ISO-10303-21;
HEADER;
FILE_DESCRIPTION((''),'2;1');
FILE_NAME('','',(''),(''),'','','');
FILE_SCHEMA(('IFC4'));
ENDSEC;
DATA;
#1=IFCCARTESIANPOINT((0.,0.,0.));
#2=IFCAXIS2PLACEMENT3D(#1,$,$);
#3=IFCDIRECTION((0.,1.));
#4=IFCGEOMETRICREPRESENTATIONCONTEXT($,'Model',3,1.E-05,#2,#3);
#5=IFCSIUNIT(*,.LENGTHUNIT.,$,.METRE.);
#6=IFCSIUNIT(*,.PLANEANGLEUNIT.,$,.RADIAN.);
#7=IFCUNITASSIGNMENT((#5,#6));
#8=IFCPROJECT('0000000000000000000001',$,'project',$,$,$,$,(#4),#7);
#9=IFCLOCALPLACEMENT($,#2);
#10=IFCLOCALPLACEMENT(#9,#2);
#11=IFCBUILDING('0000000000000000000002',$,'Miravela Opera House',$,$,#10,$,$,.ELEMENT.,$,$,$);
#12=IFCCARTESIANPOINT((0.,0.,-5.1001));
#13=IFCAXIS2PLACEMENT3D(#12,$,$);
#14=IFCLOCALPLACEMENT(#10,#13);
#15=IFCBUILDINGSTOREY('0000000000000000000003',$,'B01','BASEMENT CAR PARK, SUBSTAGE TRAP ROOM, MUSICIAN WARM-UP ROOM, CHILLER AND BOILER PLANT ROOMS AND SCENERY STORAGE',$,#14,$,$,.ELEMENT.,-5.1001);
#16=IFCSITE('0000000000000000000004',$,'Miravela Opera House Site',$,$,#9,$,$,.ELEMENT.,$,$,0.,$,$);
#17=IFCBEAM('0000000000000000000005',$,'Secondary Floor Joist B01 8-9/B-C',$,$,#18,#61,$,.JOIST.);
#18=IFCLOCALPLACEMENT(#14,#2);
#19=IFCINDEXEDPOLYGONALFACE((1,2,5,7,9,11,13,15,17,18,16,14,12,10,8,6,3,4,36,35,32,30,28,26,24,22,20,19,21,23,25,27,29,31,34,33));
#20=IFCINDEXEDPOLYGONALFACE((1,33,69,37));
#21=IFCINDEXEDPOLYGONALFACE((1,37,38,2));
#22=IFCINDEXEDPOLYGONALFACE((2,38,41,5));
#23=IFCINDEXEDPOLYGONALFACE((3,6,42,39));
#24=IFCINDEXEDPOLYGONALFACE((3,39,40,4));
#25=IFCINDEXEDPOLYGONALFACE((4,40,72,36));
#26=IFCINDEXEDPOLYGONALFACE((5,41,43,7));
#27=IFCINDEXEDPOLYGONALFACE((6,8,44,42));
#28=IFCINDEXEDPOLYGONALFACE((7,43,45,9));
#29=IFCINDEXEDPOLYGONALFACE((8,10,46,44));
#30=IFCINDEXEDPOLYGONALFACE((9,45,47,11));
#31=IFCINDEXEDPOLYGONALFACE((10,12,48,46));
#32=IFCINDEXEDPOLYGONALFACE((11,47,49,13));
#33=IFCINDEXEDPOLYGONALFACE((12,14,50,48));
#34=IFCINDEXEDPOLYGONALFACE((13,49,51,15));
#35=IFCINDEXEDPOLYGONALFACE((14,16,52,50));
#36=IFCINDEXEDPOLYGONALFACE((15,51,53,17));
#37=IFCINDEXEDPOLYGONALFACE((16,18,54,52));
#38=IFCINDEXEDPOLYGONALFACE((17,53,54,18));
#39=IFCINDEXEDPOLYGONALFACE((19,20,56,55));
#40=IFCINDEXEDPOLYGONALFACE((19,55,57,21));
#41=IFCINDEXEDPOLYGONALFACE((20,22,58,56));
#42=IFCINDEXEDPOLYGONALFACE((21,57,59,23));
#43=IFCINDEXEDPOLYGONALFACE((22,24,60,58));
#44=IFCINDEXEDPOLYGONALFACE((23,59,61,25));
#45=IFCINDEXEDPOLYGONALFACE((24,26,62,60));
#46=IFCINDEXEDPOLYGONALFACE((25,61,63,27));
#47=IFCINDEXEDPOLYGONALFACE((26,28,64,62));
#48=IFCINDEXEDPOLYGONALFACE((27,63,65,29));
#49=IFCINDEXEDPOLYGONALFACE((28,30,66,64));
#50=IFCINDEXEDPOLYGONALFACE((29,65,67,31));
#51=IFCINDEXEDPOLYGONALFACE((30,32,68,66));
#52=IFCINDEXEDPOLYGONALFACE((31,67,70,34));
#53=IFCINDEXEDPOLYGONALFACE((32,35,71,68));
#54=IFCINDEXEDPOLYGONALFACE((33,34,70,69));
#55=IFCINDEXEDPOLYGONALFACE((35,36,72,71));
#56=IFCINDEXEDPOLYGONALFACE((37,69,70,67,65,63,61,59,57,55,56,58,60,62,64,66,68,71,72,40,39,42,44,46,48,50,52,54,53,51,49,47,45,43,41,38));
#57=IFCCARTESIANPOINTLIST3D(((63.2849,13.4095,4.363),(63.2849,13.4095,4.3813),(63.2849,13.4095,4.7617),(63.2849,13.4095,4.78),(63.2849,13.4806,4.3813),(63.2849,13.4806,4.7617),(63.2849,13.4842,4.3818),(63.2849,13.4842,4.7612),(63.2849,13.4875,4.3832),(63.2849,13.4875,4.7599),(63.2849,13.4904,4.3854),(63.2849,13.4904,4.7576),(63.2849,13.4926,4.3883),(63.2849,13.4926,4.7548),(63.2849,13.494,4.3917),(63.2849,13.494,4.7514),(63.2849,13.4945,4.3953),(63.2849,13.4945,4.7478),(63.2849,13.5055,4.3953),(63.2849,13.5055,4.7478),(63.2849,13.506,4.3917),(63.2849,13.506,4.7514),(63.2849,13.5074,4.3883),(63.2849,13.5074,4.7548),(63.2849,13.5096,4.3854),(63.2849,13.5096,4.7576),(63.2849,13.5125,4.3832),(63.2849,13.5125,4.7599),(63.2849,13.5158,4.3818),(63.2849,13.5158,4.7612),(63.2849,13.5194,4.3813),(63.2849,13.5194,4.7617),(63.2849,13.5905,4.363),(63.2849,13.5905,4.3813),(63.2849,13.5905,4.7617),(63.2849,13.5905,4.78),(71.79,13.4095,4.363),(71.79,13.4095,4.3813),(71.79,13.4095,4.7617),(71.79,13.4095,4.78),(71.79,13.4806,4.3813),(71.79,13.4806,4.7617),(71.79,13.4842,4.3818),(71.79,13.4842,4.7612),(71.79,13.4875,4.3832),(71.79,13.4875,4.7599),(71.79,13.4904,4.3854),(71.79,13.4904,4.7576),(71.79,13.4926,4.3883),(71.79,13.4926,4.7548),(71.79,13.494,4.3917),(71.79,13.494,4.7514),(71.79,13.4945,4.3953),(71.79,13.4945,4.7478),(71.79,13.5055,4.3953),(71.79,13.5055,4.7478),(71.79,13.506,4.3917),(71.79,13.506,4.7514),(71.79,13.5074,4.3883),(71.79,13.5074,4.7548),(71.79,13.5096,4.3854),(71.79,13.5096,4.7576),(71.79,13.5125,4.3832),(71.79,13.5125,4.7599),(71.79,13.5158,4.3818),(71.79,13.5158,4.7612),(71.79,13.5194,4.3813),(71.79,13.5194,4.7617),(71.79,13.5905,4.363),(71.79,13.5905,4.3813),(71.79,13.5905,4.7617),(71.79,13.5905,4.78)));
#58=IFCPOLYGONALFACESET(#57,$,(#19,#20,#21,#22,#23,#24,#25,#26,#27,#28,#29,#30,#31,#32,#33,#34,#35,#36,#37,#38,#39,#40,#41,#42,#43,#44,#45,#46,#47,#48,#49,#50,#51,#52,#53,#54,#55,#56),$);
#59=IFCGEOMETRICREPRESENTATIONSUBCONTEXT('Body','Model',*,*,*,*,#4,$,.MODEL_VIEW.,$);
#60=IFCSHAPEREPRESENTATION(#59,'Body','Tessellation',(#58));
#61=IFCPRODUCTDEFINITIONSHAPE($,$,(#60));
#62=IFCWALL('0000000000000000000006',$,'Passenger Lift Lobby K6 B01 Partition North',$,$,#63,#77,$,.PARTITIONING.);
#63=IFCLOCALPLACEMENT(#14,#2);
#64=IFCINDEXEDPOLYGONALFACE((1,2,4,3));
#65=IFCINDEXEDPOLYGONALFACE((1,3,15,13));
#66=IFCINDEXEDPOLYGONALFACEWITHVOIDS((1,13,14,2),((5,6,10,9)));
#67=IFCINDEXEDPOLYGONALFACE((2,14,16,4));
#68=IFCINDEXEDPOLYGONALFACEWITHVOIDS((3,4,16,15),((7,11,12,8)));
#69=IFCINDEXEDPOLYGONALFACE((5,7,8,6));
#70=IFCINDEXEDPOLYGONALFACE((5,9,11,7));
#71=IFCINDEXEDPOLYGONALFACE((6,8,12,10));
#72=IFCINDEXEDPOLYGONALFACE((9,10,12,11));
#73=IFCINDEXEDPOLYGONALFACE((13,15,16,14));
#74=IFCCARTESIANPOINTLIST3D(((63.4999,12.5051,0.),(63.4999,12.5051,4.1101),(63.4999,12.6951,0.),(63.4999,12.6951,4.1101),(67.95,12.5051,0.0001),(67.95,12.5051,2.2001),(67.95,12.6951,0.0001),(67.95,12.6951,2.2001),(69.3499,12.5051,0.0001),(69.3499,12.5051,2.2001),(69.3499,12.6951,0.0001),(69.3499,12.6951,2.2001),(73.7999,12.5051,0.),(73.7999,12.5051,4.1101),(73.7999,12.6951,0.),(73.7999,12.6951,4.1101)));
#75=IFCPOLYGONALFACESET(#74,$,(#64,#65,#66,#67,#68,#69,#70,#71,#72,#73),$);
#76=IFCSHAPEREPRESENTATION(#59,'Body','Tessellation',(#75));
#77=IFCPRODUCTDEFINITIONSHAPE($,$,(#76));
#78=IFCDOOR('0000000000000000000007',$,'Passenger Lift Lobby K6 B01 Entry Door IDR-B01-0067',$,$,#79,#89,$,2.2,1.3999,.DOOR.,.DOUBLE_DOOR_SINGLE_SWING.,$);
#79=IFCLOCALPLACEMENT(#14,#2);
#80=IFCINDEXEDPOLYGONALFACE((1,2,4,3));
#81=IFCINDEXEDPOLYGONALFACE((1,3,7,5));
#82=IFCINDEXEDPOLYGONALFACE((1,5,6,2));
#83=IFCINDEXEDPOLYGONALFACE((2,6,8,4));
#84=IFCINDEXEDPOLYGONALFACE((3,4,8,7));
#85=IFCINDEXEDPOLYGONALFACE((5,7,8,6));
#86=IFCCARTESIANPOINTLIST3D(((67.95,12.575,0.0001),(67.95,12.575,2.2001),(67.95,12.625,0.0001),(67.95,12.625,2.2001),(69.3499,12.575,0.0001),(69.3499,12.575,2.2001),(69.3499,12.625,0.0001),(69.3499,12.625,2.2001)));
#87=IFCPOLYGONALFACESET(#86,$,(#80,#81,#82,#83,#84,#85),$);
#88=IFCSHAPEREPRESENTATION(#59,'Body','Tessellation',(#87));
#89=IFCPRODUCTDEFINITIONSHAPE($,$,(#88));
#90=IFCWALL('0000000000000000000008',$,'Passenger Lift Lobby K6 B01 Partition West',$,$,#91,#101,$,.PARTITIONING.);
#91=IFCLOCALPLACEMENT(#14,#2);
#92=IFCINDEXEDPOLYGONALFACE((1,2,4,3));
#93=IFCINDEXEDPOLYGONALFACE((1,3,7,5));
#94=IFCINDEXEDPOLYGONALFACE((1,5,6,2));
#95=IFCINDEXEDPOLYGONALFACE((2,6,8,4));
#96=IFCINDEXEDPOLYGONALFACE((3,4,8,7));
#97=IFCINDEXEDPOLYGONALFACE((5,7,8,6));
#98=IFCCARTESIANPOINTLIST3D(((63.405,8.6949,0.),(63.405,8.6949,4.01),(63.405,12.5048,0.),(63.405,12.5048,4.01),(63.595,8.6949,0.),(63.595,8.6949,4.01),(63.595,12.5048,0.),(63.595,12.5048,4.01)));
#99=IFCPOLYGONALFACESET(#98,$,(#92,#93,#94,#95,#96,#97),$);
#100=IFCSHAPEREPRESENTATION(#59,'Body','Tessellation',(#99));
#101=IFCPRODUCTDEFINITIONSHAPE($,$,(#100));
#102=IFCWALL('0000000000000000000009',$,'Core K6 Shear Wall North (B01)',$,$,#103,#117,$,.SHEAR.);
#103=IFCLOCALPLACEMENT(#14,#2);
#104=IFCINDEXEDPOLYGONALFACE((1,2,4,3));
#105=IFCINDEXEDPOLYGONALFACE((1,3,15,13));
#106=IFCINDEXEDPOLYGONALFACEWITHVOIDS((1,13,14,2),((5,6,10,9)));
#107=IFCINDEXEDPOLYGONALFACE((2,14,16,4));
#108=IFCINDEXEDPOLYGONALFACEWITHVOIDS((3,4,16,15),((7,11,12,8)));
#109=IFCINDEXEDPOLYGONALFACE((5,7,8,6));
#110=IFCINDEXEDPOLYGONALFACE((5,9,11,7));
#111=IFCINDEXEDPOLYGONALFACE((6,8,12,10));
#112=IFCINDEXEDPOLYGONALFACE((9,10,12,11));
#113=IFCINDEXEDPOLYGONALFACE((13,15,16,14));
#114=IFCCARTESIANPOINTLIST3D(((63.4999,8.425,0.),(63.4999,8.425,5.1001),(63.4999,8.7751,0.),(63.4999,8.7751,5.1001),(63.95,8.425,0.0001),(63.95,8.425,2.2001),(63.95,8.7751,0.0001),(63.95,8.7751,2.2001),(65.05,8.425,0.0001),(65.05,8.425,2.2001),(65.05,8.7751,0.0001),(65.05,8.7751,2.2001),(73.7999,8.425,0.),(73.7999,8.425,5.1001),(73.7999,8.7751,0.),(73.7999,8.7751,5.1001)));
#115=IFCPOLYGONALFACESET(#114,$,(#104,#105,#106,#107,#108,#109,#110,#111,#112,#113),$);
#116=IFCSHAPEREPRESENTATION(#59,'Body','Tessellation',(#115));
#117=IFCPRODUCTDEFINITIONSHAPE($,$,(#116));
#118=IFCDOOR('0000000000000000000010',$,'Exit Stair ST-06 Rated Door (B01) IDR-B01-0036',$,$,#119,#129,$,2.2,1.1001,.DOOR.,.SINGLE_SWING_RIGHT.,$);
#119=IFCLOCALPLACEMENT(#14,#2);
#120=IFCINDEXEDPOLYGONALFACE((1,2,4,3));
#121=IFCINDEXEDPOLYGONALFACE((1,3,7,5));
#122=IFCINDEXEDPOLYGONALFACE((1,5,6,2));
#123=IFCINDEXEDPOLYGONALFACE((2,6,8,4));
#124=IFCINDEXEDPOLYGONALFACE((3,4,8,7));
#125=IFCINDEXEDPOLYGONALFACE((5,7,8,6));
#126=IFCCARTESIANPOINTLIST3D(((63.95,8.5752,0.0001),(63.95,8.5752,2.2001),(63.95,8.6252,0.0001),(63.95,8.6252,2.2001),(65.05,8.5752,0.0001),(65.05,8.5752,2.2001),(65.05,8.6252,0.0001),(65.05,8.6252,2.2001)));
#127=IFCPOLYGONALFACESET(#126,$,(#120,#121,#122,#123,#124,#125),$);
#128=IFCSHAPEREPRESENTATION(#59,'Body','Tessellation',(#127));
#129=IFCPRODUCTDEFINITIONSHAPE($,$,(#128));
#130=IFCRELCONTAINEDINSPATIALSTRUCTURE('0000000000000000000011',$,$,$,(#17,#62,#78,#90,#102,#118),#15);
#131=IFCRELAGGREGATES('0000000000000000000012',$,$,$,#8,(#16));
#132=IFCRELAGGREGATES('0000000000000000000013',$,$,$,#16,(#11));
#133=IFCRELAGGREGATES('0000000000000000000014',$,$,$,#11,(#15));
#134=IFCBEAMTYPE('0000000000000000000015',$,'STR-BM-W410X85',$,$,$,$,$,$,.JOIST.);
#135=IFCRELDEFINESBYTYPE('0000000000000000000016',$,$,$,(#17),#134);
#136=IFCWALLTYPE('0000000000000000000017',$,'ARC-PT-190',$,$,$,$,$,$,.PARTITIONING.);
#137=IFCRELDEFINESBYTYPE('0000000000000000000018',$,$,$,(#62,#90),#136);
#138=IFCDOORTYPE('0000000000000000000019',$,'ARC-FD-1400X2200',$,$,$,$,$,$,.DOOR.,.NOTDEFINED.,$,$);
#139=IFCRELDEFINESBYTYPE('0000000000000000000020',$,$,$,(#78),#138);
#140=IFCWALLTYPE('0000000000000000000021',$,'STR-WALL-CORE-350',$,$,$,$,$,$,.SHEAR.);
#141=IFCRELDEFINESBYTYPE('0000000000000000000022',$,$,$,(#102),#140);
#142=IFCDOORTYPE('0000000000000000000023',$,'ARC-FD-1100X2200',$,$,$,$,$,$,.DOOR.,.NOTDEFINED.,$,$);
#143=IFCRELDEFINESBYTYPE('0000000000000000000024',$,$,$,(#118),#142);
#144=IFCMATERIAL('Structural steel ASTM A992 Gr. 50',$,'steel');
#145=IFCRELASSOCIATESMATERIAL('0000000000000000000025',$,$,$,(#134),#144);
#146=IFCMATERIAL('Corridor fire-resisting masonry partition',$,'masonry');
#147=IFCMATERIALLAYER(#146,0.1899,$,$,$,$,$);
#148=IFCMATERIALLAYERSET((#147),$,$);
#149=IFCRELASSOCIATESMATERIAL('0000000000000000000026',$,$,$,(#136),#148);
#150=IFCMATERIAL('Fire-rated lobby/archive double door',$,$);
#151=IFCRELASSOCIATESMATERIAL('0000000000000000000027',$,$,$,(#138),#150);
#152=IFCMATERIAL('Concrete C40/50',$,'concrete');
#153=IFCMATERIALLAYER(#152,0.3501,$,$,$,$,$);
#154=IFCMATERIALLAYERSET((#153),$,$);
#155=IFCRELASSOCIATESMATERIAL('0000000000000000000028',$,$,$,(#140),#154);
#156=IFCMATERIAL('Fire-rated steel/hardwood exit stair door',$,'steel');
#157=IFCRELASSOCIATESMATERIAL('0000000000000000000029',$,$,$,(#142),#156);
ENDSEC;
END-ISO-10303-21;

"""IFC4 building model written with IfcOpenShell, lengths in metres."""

from ifc_helpers import new_model, si_unit, direction, frame, frame_2d, origin, origin_2d, place, context, subcontext, project, spatial, rectangle, i_section, extrude, material, layer, layer_set, material_profile, profile_set, type_object, element, fill, save


model = new_model("IFC4")

# Units and contexts
model_context = context("Model", 3, precision=1e-05, world=origin(), true_north=direction((0.0, 1.0)))
body_context = subcontext(model_context, "Body", "Model", "MODEL_VIEW")
ifc_project = project(units=[si_unit("LENGTHUNIT", "METRE"), si_unit("PLANEANGLEUNIT", "RADIAN")], contexts=[model_context])

# Site, building, storey
site_placement = place(None, origin())
site = spatial("IfcSite", under=ifc_project, at=site_placement, Name="Miravela Opera House Site", CompositionType="ELEMENT", RefElevation=0.0)
building_placement = place(site_placement, origin())
building = spatial("IfcBuilding", under=site, at=building_placement, Name="Miravela Opera House", CompositionType="ELEMENT")
storey_placement = place(building_placement, frame((0.0, 0.0, -5.1001)))
storey = spatial("IfcBuildingStorey", under=building, at=storey_placement, Name="B01", Description="BASEMENT CAR PARK, SUBSTAGE TRAP ROOM, MUSICIAN WARM-UP ROOM, CHILLER AND BOILER PLANT ROOMS AND SCENERY STORAGE", CompositionType="ELEMENT", Elevation=-5.1001)

# Shared definitions
ifc_material_1 = material(Name="Concrete C40/50", Category="concrete")

# Beam
ifc_material_2 = material(Name="Structural steel ASTM A992 Gr. 50", Category="steel")
ifc_material_profile_1 = material_profile(ifc_material_2, i_section(OverallWidth=0.1809, OverallDepth=0.417, WebThickness=0.011, FlangeThickness=0.0183, FilletRadius=0.0139, at=origin_2d()), Name="W410X85")
ifc_profile_set_1 = profile_set([ifc_material_profile_1])
beam_type_1 = type_object("IfcBeamType", Name="STR-BM-W410X85", PredefinedType="JOIST", material=ifc_profile_set_1)
beam_1_placement = place(storey_placement, frame((63.2849, 13.5, 4.5715), z_axis=(1.0, 0.0, 0.0), x_axis=(0.0, 1.0, 0.0)))
element("IfcBeam", 1, at=beam_1_placement, inside=storey, type_object=beam_type_1, Name="Secondary Floor Joist B01 8-9/B-C", PredefinedType="JOIST", context=body_context, shape_type="SweptSolid", body=[
    extrude(i_section(OverallWidth=0.1809, OverallDepth=0.417, WebThickness=0.011, FlangeThickness=0.0183, FilletRadius=0.0139, at=origin_2d()), origin(), (0.0, 0.0, 1.0), 8.5051),
])

# Wall, opening, door
ifc_material_3 = material(Name="Corridor fire-resisting masonry partition", Category="masonry")
ifc_layer_1 = layer(ifc_material_3, 0.1899)
ifc_layer_set_1 = layer_set([ifc_layer_1])
wall_type_1 = type_object("IfcWallType", Name="ARC-PT-190", PredefinedType="PARTITIONING", material=ifc_layer_set_1)
wall_1_placement = place(storey_placement, frame((63.5, 12.6001, 0.0), z_axis=(0.0, 0.0, 1.0), x_axis=(1.0, 0.0, 0.0)))
wall_1 = element("IfcWall", 2, at=wall_1_placement, inside=storey, type_object=wall_type_1, Name="Passenger Lift Lobby K6 B01 Partition North", PredefinedType="PARTITIONING", context=body_context, shape_type="SweptSolid", body=[
    extrude(rectangle(XDim=10.3, YDim=0.1899, at=frame_2d((5.1499, 0.0))), origin(), (0.0, 0.0, 1.0), 4.1101),
])
opening_1_placement = place(wall_1_placement, frame((4.45, 0.0, 0.0)))
opening_1 = element("IfcOpeningElement", 3, at=opening_1_placement, cuts=wall_1, PredefinedType="OPENING", context=body_context, shape_type="SweptSolid", body=[
    extrude(rectangle(XDim=1.3999, YDim=2.2, at=frame_2d((0.7, 1.1001))), frame((0.0, 0.105, 0.0), z_axis=(0.0, -1.0, 0.0), x_axis=(1.0, 0.0, 0.0)), (0.0, 0.0, 1.0), 0.21),
])
ifc_material_4 = material(Name="Fire-rated lobby/archive double door")
door_type_1 = type_object("IfcDoorType", Name="ARC-FD-1400X2200", OperationType="NOTDEFINED", PredefinedType="DOOR", material=ifc_material_4)
door_1_placement = place(opening_1_placement, origin())
door_1 = element("IfcDoor", 4, at=door_1_placement, inside=storey, type_object=door_type_1, Name="Passenger Lift Lobby K6 B01 Entry Door IDR-B01-0067", OperationType="DOUBLE_DOOR_SINGLE_SWING", OverallHeight=2.2, OverallWidth=1.3999, PredefinedType="DOOR", context=body_context, shape_type="SweptSolid", body=[
    extrude(rectangle(XDim=1.3999, YDim=2.2, at=frame_2d((0.7, 1.1001))), frame((0.0, 0.0249, 0.0), z_axis=(0.0, -1.0, 0.0), x_axis=(1.0, 0.0, 0.0)), (0.0, 0.0, 1.0), 0.05),
])
fill(opening_1, door_1)

# Wall
wall_2_placement = place(storey_placement, frame((63.5, 8.6951, 0.0), z_axis=(0.0, 0.0, 1.0), x_axis=(0.0, 1.0, 0.0)))
element("IfcWall", 5, at=wall_2_placement, inside=storey, type_object=wall_type_1, Name="Passenger Lift Lobby K6 B01 Partition West", PredefinedType="PARTITIONING", context=body_context, shape_type="SweptSolid", body=[
    extrude(rectangle(XDim=3.8098, YDim=0.1899, at=frame_2d((1.9048, 0.0))), origin(), (0.0, 0.0, 1.0), 4.01),
])

# Wall, opening, door
ifc_layer_2 = layer(ifc_material_1, 0.3501)
ifc_layer_set_2 = layer_set([ifc_layer_2])
wall_type_2 = type_object("IfcWallType", Name="STR-WALL-CORE-350", PredefinedType="SHEAR", material=ifc_layer_set_2)
wall_3_placement = place(storey_placement, frame((63.5, 8.6001, 0.0), z_axis=(0.0, 0.0, 1.0), x_axis=(1.0, 0.0, 0.0)))
wall_3 = element("IfcWall", 6, at=wall_3_placement, inside=storey, type_object=wall_type_2, Name="Core K6 Shear Wall North (B01)", PredefinedType="SHEAR", context=body_context, shape_type="SweptSolid", body=[
    extrude(rectangle(XDim=10.3, YDim=0.3501, at=frame_2d((5.1499, 0.0))), origin(), (0.0, 0.0, 1.0), 5.1001),
])
opening_2_placement = place(wall_3_placement, frame((0.45, 0.0, 0.0)))
opening_2 = element("IfcOpeningElement", 7, at=opening_2_placement, cuts=wall_3, PredefinedType="OPENING", context=body_context, shape_type="SweptSolid", body=[
    extrude(rectangle(XDim=1.1001, YDim=2.2, at=frame_2d((0.55, 1.1001))), frame((0.0, 0.1851, 0.0), z_axis=(0.0, -1.0, 0.0), x_axis=(1.0, 0.0, 0.0)), (0.0, 0.0, 1.0), 0.3701),
])
ifc_material_5 = material(Name="Fire-rated steel/hardwood exit stair door", Category="steel")
door_type_2 = type_object("IfcDoorType", Name="ARC-FD-1100X2200", OperationType="NOTDEFINED", PredefinedType="DOOR", material=ifc_material_5)
door_2_placement = place(opening_2_placement, frame((1.1001, 0.0, 0.0), z_axis=(0.0, 0.0, 1.0), x_axis=(-1.0, 0.0, 0.0)))
door_2 = element("IfcDoor", 8, at=door_2_placement, inside=storey, type_object=door_type_2, Name="Exit Stair ST-06 Rated Door (B01) IDR-B01-0036", OperationType="SINGLE_SWING_RIGHT", OverallHeight=2.2, OverallWidth=1.1001, PredefinedType="DOOR", context=body_context, shape_type="SweptSolid", body=[
    extrude(rectangle(XDim=1.1001, YDim=2.2, at=frame_2d((0.55, 1.1001))), frame((0.0, 0.0249, 0.0), z_axis=(0.0, -1.0, 0.0), x_axis=(1.0, 0.0, 0.0)), (0.0, 0.0, 1.0), 0.05),
])
fill(opening_2, door_2)

save(model, "model.ifc")
